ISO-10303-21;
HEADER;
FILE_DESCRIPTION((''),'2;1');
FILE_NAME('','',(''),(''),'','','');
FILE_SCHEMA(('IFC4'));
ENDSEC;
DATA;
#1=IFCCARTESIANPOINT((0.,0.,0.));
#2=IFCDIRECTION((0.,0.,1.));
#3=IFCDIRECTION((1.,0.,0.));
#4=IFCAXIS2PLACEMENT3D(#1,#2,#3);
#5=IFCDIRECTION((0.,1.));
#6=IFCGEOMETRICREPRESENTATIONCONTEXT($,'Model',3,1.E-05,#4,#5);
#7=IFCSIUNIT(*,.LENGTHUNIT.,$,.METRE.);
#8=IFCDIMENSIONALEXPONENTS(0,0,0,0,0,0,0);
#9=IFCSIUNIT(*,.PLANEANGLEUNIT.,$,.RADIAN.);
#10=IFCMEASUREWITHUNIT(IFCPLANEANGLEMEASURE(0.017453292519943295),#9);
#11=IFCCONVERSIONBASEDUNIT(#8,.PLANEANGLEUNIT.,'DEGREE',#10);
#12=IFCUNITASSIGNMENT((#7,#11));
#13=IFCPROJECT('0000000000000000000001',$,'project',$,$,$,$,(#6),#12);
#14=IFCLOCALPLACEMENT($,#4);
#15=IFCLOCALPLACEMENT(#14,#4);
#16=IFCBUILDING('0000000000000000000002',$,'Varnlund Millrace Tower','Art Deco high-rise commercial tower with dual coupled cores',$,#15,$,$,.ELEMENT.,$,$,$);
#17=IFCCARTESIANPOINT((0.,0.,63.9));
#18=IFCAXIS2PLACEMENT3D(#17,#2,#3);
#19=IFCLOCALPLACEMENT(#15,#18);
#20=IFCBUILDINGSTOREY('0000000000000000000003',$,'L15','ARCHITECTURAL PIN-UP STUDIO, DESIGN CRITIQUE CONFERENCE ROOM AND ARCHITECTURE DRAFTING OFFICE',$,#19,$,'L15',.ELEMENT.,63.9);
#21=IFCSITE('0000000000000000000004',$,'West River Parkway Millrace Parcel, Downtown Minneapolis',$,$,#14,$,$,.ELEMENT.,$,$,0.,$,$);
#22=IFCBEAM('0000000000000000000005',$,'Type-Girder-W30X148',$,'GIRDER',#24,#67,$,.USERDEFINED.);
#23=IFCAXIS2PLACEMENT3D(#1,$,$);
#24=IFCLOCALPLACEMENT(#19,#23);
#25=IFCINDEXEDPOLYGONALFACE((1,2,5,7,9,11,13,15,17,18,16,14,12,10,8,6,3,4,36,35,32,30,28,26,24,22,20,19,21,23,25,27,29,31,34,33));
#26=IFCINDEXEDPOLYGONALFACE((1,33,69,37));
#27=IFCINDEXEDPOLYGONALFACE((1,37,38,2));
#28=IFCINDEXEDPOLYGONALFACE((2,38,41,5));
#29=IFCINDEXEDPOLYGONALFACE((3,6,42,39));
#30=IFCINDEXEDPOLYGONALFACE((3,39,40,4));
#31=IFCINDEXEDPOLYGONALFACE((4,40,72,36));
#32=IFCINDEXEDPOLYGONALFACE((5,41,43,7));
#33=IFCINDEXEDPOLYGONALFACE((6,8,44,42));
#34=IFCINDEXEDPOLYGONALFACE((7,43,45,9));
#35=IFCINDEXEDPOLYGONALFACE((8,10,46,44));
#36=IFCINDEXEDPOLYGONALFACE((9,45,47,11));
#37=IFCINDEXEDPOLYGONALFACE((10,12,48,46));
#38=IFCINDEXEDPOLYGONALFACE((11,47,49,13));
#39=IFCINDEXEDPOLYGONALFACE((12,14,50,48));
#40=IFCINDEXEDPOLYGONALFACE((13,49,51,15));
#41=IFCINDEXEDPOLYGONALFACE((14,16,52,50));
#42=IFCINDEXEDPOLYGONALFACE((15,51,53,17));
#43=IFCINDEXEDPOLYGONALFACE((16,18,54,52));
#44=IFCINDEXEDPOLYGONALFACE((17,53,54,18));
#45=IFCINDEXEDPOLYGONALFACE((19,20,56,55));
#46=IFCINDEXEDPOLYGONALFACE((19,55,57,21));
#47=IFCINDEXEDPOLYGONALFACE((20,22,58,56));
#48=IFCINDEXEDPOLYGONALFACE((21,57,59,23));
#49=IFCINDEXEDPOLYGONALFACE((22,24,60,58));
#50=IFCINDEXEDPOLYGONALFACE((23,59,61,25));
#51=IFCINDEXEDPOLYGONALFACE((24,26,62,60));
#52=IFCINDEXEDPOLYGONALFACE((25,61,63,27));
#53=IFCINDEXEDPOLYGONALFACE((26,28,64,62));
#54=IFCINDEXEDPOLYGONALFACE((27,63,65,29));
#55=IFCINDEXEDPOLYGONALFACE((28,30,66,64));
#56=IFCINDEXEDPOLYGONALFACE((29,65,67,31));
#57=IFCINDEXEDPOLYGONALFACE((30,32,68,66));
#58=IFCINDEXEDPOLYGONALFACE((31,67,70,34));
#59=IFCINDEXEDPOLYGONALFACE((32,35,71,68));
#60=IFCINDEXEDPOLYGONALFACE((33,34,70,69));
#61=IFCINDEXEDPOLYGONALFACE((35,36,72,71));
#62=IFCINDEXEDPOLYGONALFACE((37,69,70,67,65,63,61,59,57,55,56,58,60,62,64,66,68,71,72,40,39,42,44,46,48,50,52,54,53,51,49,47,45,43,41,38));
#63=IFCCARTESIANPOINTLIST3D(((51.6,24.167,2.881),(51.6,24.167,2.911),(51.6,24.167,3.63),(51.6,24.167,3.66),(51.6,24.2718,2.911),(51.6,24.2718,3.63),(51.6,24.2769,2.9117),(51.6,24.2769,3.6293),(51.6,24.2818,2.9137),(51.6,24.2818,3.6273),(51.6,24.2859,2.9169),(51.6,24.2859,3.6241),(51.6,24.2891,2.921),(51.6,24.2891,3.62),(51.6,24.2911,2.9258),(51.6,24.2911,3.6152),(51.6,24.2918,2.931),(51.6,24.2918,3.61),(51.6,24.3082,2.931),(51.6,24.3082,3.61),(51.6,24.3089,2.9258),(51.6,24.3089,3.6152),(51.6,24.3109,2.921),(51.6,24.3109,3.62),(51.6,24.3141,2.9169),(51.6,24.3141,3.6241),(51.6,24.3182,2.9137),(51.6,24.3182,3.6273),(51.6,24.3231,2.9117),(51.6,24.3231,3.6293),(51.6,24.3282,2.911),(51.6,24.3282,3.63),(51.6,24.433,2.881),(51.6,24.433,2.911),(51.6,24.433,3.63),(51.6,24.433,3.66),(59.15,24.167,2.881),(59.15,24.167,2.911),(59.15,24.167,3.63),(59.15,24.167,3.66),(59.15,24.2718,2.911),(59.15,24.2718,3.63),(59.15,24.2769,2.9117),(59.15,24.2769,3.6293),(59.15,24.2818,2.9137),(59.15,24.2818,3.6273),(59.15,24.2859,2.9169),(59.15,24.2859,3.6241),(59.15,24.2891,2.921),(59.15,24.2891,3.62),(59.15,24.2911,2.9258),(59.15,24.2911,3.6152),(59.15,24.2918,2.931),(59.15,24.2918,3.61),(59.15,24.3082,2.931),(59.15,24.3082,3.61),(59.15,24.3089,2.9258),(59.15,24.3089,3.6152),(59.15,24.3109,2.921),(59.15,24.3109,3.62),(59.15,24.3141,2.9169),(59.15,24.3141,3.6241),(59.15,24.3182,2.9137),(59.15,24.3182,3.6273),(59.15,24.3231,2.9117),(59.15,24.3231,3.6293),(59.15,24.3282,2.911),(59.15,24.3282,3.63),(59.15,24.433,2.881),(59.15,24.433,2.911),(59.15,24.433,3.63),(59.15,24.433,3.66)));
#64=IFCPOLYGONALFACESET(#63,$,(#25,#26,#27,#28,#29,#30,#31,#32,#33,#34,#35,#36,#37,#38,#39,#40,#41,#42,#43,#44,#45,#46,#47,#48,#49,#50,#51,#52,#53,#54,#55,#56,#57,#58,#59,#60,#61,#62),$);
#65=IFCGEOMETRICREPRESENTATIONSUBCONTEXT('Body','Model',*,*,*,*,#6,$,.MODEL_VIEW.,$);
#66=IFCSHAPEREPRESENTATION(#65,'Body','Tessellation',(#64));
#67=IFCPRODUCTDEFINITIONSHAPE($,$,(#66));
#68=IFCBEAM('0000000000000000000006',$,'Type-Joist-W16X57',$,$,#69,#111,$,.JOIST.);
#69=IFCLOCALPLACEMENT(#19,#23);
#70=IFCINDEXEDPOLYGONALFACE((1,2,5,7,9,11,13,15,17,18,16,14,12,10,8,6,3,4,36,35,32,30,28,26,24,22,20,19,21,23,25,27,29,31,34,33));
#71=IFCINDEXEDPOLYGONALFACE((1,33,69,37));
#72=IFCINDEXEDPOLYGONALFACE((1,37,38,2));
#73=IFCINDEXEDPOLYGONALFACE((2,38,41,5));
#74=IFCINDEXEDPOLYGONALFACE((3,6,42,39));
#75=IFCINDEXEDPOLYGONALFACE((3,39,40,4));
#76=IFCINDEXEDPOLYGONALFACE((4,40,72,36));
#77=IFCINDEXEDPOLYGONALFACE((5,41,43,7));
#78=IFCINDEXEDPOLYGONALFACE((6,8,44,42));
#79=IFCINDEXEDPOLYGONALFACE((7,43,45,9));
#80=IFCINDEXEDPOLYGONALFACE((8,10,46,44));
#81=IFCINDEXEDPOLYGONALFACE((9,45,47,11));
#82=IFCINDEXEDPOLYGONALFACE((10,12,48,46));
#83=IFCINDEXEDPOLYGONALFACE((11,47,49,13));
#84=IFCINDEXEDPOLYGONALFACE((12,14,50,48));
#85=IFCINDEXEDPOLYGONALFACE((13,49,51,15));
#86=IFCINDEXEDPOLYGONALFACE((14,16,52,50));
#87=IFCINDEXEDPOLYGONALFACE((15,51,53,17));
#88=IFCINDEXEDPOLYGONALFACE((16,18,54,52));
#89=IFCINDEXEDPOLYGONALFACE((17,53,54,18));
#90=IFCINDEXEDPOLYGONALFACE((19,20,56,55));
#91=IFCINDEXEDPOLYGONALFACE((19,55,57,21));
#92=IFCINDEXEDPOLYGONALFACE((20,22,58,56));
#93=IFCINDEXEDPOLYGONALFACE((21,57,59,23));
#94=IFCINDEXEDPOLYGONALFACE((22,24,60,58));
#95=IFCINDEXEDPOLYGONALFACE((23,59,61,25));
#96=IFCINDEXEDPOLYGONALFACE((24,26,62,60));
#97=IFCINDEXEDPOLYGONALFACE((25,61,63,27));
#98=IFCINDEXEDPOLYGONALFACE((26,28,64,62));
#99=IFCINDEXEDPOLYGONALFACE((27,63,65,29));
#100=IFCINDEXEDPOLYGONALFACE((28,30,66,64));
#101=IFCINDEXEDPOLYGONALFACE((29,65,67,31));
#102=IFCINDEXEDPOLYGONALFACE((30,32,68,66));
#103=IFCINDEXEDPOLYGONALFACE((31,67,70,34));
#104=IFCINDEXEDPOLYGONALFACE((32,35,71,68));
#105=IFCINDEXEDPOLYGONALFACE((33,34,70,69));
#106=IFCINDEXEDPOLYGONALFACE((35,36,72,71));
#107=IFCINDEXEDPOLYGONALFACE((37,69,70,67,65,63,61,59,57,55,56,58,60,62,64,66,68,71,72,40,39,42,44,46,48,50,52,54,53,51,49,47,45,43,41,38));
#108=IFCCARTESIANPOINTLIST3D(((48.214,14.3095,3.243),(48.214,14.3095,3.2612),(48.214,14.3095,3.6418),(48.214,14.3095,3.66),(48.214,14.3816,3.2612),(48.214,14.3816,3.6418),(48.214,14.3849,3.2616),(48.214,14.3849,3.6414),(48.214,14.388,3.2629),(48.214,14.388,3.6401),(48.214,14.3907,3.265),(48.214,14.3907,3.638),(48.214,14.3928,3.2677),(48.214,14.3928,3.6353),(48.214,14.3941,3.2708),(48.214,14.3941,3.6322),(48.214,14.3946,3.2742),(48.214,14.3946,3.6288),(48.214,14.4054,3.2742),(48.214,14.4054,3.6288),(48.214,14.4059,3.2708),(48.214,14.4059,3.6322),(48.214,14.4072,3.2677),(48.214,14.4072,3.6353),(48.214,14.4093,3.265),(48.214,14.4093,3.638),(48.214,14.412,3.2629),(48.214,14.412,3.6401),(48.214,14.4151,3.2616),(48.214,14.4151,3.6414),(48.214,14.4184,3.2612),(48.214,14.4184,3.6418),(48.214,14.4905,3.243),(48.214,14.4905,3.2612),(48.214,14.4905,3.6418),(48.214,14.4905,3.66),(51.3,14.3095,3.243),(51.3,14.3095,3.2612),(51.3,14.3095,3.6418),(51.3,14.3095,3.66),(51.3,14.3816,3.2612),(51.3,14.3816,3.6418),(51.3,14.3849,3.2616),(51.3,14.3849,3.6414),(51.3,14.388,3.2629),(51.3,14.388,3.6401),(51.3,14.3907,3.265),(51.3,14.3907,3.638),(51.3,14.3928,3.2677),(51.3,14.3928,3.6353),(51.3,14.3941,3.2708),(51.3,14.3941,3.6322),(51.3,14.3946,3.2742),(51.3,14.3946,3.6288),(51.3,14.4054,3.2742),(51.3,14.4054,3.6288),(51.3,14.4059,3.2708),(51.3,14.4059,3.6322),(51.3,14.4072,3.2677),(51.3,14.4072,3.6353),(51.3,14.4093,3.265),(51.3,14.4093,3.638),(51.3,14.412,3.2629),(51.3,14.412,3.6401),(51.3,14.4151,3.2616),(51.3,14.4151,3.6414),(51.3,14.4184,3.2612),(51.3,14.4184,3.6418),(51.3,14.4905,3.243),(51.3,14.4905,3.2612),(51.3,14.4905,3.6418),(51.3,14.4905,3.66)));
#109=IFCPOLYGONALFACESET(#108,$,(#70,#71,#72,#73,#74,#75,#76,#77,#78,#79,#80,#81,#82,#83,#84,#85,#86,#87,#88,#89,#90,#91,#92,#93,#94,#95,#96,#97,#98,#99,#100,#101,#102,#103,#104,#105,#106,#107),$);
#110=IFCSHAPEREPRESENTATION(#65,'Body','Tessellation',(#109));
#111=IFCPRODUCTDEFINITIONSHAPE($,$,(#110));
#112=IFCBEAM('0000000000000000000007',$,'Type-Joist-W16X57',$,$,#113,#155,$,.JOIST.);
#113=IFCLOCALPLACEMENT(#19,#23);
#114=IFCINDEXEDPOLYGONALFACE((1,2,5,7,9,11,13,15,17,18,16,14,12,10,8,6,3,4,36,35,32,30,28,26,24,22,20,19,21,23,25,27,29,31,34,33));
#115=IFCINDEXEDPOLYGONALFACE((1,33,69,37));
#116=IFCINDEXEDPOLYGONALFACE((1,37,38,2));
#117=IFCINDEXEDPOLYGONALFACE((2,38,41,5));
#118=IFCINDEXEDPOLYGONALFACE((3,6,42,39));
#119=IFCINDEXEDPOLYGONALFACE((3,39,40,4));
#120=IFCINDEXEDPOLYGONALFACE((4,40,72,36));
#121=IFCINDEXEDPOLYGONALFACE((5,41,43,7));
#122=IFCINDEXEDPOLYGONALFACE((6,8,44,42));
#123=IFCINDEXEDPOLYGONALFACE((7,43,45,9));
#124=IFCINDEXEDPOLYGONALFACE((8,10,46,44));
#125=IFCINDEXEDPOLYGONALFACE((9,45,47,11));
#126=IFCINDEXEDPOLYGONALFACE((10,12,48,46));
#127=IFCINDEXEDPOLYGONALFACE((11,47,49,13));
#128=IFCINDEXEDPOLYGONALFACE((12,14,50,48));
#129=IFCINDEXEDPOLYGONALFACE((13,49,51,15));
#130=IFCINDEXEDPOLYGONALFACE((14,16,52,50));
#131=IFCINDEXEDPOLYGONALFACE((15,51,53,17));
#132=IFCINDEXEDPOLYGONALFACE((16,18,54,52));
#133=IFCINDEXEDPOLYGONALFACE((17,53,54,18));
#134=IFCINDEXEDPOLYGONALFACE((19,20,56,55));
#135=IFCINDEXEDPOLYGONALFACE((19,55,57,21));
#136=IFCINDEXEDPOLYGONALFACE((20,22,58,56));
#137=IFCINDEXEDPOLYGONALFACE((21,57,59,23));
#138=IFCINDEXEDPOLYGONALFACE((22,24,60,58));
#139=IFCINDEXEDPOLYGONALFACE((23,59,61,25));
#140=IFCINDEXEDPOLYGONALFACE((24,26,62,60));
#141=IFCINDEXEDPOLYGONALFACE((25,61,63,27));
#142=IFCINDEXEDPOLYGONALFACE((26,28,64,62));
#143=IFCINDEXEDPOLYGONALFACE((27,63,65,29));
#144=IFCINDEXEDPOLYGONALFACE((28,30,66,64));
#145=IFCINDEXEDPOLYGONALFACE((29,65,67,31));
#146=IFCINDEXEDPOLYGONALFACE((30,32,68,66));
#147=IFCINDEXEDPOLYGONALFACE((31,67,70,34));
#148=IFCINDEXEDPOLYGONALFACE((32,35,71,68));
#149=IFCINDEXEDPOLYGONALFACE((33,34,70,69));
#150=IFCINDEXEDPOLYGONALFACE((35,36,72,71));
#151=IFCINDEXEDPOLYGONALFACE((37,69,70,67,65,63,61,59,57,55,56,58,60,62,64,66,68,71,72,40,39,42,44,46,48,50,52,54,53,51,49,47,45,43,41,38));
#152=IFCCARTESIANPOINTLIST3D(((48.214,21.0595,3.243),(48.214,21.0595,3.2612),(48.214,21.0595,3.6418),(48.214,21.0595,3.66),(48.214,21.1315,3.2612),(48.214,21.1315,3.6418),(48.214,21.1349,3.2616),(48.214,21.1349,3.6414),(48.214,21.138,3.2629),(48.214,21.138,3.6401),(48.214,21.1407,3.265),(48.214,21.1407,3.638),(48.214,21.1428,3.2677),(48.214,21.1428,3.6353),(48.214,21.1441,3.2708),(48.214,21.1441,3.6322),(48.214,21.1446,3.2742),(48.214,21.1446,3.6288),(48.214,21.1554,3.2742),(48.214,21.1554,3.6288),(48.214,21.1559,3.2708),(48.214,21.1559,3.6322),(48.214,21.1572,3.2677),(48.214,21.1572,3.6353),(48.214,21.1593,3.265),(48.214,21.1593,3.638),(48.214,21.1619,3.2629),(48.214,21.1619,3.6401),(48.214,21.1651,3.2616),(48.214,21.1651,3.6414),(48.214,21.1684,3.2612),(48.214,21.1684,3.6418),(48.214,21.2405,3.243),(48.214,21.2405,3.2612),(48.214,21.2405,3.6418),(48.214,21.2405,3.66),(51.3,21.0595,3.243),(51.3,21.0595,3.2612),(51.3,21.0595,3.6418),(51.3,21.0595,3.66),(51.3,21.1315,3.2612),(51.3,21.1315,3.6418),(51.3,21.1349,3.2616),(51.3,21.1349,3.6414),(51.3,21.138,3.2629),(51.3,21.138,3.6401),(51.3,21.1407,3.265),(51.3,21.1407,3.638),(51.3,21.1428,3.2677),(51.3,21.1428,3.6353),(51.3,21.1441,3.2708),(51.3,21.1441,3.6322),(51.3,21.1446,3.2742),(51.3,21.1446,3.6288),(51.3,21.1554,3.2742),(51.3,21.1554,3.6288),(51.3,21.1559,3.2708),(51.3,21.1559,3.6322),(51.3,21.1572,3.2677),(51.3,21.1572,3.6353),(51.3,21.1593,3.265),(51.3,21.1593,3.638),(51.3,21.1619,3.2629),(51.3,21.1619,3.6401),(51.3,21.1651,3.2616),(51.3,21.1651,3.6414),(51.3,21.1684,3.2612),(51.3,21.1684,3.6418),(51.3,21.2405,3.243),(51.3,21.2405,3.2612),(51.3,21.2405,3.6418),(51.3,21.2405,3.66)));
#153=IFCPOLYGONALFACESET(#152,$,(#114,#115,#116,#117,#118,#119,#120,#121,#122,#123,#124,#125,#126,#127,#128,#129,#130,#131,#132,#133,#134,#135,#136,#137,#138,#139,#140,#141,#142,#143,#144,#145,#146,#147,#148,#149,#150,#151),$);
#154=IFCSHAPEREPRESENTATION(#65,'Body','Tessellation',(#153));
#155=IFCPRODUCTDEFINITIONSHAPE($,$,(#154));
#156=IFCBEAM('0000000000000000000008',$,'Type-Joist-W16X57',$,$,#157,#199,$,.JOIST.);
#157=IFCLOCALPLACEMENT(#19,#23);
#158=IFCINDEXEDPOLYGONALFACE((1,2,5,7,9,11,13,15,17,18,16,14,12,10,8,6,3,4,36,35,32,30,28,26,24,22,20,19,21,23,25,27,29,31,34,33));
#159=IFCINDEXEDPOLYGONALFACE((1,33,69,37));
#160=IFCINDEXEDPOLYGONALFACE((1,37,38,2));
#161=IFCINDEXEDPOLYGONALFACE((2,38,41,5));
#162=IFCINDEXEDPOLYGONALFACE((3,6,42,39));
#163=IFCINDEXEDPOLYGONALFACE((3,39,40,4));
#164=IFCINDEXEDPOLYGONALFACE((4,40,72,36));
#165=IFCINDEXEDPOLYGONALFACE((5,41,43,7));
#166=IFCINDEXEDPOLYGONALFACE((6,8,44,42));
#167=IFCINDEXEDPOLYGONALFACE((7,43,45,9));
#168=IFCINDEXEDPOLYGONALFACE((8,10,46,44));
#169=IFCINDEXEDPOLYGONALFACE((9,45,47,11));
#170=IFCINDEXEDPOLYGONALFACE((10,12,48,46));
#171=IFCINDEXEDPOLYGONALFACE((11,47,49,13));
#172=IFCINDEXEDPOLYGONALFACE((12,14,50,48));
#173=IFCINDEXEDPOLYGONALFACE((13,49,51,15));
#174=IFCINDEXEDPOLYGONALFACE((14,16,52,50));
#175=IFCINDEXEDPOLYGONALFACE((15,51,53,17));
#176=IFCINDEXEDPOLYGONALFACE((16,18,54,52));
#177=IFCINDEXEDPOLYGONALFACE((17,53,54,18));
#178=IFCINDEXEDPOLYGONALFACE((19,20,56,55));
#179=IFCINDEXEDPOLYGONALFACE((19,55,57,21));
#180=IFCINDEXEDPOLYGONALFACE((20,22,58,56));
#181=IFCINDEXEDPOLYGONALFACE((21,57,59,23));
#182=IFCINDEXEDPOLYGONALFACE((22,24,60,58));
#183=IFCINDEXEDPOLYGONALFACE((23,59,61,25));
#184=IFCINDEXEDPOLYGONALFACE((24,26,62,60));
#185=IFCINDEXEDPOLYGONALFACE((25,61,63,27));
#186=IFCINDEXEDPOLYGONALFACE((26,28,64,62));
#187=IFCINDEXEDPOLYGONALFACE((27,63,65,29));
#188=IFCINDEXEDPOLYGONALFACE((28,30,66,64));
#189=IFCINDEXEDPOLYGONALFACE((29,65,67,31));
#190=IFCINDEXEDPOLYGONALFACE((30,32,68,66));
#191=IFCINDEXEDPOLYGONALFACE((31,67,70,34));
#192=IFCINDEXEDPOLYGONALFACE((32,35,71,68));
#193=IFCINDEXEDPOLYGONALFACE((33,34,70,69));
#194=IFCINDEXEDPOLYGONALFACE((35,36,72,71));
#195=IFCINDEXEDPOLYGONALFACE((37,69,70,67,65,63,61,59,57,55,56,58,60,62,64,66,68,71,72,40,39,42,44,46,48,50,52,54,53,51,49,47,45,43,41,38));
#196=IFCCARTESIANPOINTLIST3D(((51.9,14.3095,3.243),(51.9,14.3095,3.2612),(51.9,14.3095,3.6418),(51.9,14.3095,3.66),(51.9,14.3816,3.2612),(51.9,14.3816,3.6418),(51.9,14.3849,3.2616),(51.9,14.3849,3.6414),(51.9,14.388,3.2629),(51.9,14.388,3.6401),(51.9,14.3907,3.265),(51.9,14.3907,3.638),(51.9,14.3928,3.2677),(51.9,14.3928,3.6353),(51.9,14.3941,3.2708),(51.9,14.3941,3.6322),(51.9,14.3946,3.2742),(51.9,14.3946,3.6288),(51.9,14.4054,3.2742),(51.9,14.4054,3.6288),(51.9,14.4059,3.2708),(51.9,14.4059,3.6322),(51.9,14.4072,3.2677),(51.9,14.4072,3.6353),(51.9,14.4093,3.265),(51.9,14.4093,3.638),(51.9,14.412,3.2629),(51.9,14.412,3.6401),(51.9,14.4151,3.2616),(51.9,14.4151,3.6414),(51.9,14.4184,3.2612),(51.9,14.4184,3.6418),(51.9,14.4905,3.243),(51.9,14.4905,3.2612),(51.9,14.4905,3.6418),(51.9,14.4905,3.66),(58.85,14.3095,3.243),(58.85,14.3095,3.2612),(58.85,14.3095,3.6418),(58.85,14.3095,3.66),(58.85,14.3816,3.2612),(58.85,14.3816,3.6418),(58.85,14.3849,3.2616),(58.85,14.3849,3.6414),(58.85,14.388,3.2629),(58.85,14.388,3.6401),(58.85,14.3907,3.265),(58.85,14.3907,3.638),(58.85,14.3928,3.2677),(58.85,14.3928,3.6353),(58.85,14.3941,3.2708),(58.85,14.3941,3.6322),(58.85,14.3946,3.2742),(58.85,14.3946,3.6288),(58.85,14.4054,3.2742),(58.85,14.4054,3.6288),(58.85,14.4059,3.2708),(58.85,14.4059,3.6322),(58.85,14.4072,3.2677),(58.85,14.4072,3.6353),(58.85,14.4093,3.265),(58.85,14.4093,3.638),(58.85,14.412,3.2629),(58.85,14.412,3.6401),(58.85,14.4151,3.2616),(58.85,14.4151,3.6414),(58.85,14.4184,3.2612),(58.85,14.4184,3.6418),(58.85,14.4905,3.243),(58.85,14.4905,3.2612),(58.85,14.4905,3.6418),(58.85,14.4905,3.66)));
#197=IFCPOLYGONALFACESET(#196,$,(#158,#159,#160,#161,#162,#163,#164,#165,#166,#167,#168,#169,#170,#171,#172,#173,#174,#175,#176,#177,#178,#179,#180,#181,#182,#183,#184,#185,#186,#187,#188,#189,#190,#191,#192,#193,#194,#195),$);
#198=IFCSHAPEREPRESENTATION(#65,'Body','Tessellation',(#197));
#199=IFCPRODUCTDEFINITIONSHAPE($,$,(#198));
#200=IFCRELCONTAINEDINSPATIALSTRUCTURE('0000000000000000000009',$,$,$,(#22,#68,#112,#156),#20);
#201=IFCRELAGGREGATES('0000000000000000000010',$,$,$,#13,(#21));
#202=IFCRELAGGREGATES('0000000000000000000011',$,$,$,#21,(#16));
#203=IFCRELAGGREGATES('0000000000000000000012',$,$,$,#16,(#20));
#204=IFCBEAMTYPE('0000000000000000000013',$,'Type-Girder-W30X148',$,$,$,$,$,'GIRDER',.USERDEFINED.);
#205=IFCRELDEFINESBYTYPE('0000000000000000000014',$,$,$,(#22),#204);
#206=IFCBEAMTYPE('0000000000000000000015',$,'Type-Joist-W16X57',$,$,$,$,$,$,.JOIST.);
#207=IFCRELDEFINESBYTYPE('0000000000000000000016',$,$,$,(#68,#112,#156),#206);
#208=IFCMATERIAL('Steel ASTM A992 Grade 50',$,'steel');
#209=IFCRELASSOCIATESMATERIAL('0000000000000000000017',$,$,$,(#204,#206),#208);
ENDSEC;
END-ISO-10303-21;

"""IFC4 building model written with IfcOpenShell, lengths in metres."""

from ifc_helpers import new_model, entity, si_unit, converted_unit, direction, frame, origin_with_axes, origin_2d_with_axis, place, context, subcontext, project, spatial, i_section, extrude, material, material_profile, profile_set, type_object, element, save


model = new_model("IFC4")

# Units and contexts
model_context = context("Model", 3, precision=1e-05, world=origin_with_axes(), true_north=direction((0.0, 1.0)))
body_context = subcontext(model_context, "Body", "Model", "MODEL_VIEW")
ifc_project = project(units=[si_unit("LENGTHUNIT", "METRE"), converted_unit("PLANEANGLEUNIT", "DEGREE", entity("IfcPlaneAngleMeasure", 0.017453292519943295), si_unit("PLANEANGLEUNIT", "RADIAN"), dimensions=[0, 0, 0, 0, 0, 0, 0])], contexts=[model_context])

# Site, building, storey
site_placement = place(None, origin_with_axes())
site = spatial("IfcSite", under=ifc_project, at=site_placement, Name="West River Parkway Millrace Parcel, Downtown Minneapolis", CompositionType="ELEMENT", RefElevation=0.0)
building_placement = place(site_placement, origin_with_axes())
building = spatial("IfcBuilding", under=site, at=building_placement, Name="Varnlund Millrace Tower", Description="Art Deco high-rise commercial tower with dual coupled cores", CompositionType="ELEMENT")
storey_placement = place(building_placement, frame((0.0, 0.0, 63.9), z_axis=(0.0, 0.0, 1.0), x_axis=(1.0, 0.0, 0.0)))
storey = spatial("IfcBuildingStorey", under=building, at=storey_placement, Name="L15", Description="ARCHITECTURAL PIN-UP STUDIO, DESIGN CRITIQUE CONFERENCE ROOM AND ARCHITECTURE DRAFTING OFFICE", LongName="L15", CompositionType="ELEMENT", Elevation=63.9)

# Beams
ifc_material_1 = material(Name="Steel ASTM A992 Grade 50", Category="steel")
ifc_material_profile_1 = material_profile(ifc_material_1, i_section(OverallWidth=0.266, OverallDepth=0.779, WebThickness=0.0165, FlangeThickness=0.03, FilletRadius=0.02, at=origin_2d_with_axis()), Name="Steel ASTM A992 Grade 50")
ifc_profile_set_1 = profile_set([ifc_material_profile_1], Name="Steel ASTM A992 Grade 50")
beam_type_1 = type_object("IfcBeamType", Name="Type-Girder-W30X148", ElementType="GIRDER", PredefinedType="USERDEFINED", material=ifc_profile_set_1)
beam_1_placement = place(storey_placement, frame((51.6, 24.3, 3.2705), z_axis=(1.0, 0.0, 0.0), x_axis=(0.0, 1.0, 0.0)))
element("IfcBeam", 1, at=beam_1_placement, inside=storey, type_object=beam_type_1, Name="Type-Girder-W30X148", ObjectType="GIRDER", PredefinedType="USERDEFINED", context=body_context, shape_type="SweptSolid", body=[
    extrude(i_section(OverallWidth=0.266, OverallDepth=0.779, WebThickness=0.0165, FlangeThickness=0.03, FilletRadius=0.02, at=origin_2d_with_axis()), origin_with_axes(), (0.0, 0.0, 1.0), 7.55),
])
ifc_material_profile_2 = material_profile(ifc_material_1, i_section(OverallWidth=0.181, OverallDepth=0.417, WebThickness=0.0109, FlangeThickness=0.0182, FilletRadius=0.013, at=origin_2d_with_axis()), Name="Steel ASTM A992 Grade 50")
ifc_profile_set_2 = profile_set([ifc_material_profile_2], Name="Steel ASTM A992 Grade 50")
beam_type_2 = type_object("IfcBeamType", Name="Type-Joist-W16X57", PredefinedType="JOIST", material=ifc_profile_set_2)
for number, where, z_axis, x_axis, name in (
    (2, (48.214, 14.4, 3.4515), (1.0, 0.0, 0.0), (0.0, 1.0, 0.0), "Type-Joist-W16X57"),
    (3, (48.214, 21.15, 3.4515), (1.0, 0.0, 0.0), (0.0, 1.0, 0.0), "Type-Joist-W16X57"),
):
    element("IfcBeam", number, at=place(storey_placement, frame(where, z_axis=z_axis, x_axis=x_axis)), inside=storey, type_object=beam_type_2, Name=name, PredefinedType="JOIST", context=body_context, shape_type="SweptSolid", body=[
        extrude(i_section(OverallWidth=0.181, OverallDepth=0.417, WebThickness=0.0109, FlangeThickness=0.0182, FilletRadius=0.013, at=origin_2d_with_axis()), origin_with_axes(), (0.0, 0.0, 1.0), 3.086),
    ])
for number, where, z_axis, x_axis, name in (
    (4, (51.9, 14.4, 3.4515), (1.0, 0.0, 0.0), (0.0, 1.0, 0.0), "Type-Joist-W16X57"),
):
    element("IfcBeam", number, at=place(storey_placement, frame(where, z_axis=z_axis, x_axis=x_axis)), inside=storey, type_object=beam_type_2, Name=name, PredefinedType="JOIST", context=body_context, shape_type="SweptSolid", body=[
        extrude(i_section(OverallWidth=0.181, OverallDepth=0.417, WebThickness=0.0109, FlangeThickness=0.0182, FilletRadius=0.013, at=origin_2d_with_axis()), origin_with_axes(), (0.0, 0.0, 1.0), 6.95),
    ])

save(model, "model.ifc")
